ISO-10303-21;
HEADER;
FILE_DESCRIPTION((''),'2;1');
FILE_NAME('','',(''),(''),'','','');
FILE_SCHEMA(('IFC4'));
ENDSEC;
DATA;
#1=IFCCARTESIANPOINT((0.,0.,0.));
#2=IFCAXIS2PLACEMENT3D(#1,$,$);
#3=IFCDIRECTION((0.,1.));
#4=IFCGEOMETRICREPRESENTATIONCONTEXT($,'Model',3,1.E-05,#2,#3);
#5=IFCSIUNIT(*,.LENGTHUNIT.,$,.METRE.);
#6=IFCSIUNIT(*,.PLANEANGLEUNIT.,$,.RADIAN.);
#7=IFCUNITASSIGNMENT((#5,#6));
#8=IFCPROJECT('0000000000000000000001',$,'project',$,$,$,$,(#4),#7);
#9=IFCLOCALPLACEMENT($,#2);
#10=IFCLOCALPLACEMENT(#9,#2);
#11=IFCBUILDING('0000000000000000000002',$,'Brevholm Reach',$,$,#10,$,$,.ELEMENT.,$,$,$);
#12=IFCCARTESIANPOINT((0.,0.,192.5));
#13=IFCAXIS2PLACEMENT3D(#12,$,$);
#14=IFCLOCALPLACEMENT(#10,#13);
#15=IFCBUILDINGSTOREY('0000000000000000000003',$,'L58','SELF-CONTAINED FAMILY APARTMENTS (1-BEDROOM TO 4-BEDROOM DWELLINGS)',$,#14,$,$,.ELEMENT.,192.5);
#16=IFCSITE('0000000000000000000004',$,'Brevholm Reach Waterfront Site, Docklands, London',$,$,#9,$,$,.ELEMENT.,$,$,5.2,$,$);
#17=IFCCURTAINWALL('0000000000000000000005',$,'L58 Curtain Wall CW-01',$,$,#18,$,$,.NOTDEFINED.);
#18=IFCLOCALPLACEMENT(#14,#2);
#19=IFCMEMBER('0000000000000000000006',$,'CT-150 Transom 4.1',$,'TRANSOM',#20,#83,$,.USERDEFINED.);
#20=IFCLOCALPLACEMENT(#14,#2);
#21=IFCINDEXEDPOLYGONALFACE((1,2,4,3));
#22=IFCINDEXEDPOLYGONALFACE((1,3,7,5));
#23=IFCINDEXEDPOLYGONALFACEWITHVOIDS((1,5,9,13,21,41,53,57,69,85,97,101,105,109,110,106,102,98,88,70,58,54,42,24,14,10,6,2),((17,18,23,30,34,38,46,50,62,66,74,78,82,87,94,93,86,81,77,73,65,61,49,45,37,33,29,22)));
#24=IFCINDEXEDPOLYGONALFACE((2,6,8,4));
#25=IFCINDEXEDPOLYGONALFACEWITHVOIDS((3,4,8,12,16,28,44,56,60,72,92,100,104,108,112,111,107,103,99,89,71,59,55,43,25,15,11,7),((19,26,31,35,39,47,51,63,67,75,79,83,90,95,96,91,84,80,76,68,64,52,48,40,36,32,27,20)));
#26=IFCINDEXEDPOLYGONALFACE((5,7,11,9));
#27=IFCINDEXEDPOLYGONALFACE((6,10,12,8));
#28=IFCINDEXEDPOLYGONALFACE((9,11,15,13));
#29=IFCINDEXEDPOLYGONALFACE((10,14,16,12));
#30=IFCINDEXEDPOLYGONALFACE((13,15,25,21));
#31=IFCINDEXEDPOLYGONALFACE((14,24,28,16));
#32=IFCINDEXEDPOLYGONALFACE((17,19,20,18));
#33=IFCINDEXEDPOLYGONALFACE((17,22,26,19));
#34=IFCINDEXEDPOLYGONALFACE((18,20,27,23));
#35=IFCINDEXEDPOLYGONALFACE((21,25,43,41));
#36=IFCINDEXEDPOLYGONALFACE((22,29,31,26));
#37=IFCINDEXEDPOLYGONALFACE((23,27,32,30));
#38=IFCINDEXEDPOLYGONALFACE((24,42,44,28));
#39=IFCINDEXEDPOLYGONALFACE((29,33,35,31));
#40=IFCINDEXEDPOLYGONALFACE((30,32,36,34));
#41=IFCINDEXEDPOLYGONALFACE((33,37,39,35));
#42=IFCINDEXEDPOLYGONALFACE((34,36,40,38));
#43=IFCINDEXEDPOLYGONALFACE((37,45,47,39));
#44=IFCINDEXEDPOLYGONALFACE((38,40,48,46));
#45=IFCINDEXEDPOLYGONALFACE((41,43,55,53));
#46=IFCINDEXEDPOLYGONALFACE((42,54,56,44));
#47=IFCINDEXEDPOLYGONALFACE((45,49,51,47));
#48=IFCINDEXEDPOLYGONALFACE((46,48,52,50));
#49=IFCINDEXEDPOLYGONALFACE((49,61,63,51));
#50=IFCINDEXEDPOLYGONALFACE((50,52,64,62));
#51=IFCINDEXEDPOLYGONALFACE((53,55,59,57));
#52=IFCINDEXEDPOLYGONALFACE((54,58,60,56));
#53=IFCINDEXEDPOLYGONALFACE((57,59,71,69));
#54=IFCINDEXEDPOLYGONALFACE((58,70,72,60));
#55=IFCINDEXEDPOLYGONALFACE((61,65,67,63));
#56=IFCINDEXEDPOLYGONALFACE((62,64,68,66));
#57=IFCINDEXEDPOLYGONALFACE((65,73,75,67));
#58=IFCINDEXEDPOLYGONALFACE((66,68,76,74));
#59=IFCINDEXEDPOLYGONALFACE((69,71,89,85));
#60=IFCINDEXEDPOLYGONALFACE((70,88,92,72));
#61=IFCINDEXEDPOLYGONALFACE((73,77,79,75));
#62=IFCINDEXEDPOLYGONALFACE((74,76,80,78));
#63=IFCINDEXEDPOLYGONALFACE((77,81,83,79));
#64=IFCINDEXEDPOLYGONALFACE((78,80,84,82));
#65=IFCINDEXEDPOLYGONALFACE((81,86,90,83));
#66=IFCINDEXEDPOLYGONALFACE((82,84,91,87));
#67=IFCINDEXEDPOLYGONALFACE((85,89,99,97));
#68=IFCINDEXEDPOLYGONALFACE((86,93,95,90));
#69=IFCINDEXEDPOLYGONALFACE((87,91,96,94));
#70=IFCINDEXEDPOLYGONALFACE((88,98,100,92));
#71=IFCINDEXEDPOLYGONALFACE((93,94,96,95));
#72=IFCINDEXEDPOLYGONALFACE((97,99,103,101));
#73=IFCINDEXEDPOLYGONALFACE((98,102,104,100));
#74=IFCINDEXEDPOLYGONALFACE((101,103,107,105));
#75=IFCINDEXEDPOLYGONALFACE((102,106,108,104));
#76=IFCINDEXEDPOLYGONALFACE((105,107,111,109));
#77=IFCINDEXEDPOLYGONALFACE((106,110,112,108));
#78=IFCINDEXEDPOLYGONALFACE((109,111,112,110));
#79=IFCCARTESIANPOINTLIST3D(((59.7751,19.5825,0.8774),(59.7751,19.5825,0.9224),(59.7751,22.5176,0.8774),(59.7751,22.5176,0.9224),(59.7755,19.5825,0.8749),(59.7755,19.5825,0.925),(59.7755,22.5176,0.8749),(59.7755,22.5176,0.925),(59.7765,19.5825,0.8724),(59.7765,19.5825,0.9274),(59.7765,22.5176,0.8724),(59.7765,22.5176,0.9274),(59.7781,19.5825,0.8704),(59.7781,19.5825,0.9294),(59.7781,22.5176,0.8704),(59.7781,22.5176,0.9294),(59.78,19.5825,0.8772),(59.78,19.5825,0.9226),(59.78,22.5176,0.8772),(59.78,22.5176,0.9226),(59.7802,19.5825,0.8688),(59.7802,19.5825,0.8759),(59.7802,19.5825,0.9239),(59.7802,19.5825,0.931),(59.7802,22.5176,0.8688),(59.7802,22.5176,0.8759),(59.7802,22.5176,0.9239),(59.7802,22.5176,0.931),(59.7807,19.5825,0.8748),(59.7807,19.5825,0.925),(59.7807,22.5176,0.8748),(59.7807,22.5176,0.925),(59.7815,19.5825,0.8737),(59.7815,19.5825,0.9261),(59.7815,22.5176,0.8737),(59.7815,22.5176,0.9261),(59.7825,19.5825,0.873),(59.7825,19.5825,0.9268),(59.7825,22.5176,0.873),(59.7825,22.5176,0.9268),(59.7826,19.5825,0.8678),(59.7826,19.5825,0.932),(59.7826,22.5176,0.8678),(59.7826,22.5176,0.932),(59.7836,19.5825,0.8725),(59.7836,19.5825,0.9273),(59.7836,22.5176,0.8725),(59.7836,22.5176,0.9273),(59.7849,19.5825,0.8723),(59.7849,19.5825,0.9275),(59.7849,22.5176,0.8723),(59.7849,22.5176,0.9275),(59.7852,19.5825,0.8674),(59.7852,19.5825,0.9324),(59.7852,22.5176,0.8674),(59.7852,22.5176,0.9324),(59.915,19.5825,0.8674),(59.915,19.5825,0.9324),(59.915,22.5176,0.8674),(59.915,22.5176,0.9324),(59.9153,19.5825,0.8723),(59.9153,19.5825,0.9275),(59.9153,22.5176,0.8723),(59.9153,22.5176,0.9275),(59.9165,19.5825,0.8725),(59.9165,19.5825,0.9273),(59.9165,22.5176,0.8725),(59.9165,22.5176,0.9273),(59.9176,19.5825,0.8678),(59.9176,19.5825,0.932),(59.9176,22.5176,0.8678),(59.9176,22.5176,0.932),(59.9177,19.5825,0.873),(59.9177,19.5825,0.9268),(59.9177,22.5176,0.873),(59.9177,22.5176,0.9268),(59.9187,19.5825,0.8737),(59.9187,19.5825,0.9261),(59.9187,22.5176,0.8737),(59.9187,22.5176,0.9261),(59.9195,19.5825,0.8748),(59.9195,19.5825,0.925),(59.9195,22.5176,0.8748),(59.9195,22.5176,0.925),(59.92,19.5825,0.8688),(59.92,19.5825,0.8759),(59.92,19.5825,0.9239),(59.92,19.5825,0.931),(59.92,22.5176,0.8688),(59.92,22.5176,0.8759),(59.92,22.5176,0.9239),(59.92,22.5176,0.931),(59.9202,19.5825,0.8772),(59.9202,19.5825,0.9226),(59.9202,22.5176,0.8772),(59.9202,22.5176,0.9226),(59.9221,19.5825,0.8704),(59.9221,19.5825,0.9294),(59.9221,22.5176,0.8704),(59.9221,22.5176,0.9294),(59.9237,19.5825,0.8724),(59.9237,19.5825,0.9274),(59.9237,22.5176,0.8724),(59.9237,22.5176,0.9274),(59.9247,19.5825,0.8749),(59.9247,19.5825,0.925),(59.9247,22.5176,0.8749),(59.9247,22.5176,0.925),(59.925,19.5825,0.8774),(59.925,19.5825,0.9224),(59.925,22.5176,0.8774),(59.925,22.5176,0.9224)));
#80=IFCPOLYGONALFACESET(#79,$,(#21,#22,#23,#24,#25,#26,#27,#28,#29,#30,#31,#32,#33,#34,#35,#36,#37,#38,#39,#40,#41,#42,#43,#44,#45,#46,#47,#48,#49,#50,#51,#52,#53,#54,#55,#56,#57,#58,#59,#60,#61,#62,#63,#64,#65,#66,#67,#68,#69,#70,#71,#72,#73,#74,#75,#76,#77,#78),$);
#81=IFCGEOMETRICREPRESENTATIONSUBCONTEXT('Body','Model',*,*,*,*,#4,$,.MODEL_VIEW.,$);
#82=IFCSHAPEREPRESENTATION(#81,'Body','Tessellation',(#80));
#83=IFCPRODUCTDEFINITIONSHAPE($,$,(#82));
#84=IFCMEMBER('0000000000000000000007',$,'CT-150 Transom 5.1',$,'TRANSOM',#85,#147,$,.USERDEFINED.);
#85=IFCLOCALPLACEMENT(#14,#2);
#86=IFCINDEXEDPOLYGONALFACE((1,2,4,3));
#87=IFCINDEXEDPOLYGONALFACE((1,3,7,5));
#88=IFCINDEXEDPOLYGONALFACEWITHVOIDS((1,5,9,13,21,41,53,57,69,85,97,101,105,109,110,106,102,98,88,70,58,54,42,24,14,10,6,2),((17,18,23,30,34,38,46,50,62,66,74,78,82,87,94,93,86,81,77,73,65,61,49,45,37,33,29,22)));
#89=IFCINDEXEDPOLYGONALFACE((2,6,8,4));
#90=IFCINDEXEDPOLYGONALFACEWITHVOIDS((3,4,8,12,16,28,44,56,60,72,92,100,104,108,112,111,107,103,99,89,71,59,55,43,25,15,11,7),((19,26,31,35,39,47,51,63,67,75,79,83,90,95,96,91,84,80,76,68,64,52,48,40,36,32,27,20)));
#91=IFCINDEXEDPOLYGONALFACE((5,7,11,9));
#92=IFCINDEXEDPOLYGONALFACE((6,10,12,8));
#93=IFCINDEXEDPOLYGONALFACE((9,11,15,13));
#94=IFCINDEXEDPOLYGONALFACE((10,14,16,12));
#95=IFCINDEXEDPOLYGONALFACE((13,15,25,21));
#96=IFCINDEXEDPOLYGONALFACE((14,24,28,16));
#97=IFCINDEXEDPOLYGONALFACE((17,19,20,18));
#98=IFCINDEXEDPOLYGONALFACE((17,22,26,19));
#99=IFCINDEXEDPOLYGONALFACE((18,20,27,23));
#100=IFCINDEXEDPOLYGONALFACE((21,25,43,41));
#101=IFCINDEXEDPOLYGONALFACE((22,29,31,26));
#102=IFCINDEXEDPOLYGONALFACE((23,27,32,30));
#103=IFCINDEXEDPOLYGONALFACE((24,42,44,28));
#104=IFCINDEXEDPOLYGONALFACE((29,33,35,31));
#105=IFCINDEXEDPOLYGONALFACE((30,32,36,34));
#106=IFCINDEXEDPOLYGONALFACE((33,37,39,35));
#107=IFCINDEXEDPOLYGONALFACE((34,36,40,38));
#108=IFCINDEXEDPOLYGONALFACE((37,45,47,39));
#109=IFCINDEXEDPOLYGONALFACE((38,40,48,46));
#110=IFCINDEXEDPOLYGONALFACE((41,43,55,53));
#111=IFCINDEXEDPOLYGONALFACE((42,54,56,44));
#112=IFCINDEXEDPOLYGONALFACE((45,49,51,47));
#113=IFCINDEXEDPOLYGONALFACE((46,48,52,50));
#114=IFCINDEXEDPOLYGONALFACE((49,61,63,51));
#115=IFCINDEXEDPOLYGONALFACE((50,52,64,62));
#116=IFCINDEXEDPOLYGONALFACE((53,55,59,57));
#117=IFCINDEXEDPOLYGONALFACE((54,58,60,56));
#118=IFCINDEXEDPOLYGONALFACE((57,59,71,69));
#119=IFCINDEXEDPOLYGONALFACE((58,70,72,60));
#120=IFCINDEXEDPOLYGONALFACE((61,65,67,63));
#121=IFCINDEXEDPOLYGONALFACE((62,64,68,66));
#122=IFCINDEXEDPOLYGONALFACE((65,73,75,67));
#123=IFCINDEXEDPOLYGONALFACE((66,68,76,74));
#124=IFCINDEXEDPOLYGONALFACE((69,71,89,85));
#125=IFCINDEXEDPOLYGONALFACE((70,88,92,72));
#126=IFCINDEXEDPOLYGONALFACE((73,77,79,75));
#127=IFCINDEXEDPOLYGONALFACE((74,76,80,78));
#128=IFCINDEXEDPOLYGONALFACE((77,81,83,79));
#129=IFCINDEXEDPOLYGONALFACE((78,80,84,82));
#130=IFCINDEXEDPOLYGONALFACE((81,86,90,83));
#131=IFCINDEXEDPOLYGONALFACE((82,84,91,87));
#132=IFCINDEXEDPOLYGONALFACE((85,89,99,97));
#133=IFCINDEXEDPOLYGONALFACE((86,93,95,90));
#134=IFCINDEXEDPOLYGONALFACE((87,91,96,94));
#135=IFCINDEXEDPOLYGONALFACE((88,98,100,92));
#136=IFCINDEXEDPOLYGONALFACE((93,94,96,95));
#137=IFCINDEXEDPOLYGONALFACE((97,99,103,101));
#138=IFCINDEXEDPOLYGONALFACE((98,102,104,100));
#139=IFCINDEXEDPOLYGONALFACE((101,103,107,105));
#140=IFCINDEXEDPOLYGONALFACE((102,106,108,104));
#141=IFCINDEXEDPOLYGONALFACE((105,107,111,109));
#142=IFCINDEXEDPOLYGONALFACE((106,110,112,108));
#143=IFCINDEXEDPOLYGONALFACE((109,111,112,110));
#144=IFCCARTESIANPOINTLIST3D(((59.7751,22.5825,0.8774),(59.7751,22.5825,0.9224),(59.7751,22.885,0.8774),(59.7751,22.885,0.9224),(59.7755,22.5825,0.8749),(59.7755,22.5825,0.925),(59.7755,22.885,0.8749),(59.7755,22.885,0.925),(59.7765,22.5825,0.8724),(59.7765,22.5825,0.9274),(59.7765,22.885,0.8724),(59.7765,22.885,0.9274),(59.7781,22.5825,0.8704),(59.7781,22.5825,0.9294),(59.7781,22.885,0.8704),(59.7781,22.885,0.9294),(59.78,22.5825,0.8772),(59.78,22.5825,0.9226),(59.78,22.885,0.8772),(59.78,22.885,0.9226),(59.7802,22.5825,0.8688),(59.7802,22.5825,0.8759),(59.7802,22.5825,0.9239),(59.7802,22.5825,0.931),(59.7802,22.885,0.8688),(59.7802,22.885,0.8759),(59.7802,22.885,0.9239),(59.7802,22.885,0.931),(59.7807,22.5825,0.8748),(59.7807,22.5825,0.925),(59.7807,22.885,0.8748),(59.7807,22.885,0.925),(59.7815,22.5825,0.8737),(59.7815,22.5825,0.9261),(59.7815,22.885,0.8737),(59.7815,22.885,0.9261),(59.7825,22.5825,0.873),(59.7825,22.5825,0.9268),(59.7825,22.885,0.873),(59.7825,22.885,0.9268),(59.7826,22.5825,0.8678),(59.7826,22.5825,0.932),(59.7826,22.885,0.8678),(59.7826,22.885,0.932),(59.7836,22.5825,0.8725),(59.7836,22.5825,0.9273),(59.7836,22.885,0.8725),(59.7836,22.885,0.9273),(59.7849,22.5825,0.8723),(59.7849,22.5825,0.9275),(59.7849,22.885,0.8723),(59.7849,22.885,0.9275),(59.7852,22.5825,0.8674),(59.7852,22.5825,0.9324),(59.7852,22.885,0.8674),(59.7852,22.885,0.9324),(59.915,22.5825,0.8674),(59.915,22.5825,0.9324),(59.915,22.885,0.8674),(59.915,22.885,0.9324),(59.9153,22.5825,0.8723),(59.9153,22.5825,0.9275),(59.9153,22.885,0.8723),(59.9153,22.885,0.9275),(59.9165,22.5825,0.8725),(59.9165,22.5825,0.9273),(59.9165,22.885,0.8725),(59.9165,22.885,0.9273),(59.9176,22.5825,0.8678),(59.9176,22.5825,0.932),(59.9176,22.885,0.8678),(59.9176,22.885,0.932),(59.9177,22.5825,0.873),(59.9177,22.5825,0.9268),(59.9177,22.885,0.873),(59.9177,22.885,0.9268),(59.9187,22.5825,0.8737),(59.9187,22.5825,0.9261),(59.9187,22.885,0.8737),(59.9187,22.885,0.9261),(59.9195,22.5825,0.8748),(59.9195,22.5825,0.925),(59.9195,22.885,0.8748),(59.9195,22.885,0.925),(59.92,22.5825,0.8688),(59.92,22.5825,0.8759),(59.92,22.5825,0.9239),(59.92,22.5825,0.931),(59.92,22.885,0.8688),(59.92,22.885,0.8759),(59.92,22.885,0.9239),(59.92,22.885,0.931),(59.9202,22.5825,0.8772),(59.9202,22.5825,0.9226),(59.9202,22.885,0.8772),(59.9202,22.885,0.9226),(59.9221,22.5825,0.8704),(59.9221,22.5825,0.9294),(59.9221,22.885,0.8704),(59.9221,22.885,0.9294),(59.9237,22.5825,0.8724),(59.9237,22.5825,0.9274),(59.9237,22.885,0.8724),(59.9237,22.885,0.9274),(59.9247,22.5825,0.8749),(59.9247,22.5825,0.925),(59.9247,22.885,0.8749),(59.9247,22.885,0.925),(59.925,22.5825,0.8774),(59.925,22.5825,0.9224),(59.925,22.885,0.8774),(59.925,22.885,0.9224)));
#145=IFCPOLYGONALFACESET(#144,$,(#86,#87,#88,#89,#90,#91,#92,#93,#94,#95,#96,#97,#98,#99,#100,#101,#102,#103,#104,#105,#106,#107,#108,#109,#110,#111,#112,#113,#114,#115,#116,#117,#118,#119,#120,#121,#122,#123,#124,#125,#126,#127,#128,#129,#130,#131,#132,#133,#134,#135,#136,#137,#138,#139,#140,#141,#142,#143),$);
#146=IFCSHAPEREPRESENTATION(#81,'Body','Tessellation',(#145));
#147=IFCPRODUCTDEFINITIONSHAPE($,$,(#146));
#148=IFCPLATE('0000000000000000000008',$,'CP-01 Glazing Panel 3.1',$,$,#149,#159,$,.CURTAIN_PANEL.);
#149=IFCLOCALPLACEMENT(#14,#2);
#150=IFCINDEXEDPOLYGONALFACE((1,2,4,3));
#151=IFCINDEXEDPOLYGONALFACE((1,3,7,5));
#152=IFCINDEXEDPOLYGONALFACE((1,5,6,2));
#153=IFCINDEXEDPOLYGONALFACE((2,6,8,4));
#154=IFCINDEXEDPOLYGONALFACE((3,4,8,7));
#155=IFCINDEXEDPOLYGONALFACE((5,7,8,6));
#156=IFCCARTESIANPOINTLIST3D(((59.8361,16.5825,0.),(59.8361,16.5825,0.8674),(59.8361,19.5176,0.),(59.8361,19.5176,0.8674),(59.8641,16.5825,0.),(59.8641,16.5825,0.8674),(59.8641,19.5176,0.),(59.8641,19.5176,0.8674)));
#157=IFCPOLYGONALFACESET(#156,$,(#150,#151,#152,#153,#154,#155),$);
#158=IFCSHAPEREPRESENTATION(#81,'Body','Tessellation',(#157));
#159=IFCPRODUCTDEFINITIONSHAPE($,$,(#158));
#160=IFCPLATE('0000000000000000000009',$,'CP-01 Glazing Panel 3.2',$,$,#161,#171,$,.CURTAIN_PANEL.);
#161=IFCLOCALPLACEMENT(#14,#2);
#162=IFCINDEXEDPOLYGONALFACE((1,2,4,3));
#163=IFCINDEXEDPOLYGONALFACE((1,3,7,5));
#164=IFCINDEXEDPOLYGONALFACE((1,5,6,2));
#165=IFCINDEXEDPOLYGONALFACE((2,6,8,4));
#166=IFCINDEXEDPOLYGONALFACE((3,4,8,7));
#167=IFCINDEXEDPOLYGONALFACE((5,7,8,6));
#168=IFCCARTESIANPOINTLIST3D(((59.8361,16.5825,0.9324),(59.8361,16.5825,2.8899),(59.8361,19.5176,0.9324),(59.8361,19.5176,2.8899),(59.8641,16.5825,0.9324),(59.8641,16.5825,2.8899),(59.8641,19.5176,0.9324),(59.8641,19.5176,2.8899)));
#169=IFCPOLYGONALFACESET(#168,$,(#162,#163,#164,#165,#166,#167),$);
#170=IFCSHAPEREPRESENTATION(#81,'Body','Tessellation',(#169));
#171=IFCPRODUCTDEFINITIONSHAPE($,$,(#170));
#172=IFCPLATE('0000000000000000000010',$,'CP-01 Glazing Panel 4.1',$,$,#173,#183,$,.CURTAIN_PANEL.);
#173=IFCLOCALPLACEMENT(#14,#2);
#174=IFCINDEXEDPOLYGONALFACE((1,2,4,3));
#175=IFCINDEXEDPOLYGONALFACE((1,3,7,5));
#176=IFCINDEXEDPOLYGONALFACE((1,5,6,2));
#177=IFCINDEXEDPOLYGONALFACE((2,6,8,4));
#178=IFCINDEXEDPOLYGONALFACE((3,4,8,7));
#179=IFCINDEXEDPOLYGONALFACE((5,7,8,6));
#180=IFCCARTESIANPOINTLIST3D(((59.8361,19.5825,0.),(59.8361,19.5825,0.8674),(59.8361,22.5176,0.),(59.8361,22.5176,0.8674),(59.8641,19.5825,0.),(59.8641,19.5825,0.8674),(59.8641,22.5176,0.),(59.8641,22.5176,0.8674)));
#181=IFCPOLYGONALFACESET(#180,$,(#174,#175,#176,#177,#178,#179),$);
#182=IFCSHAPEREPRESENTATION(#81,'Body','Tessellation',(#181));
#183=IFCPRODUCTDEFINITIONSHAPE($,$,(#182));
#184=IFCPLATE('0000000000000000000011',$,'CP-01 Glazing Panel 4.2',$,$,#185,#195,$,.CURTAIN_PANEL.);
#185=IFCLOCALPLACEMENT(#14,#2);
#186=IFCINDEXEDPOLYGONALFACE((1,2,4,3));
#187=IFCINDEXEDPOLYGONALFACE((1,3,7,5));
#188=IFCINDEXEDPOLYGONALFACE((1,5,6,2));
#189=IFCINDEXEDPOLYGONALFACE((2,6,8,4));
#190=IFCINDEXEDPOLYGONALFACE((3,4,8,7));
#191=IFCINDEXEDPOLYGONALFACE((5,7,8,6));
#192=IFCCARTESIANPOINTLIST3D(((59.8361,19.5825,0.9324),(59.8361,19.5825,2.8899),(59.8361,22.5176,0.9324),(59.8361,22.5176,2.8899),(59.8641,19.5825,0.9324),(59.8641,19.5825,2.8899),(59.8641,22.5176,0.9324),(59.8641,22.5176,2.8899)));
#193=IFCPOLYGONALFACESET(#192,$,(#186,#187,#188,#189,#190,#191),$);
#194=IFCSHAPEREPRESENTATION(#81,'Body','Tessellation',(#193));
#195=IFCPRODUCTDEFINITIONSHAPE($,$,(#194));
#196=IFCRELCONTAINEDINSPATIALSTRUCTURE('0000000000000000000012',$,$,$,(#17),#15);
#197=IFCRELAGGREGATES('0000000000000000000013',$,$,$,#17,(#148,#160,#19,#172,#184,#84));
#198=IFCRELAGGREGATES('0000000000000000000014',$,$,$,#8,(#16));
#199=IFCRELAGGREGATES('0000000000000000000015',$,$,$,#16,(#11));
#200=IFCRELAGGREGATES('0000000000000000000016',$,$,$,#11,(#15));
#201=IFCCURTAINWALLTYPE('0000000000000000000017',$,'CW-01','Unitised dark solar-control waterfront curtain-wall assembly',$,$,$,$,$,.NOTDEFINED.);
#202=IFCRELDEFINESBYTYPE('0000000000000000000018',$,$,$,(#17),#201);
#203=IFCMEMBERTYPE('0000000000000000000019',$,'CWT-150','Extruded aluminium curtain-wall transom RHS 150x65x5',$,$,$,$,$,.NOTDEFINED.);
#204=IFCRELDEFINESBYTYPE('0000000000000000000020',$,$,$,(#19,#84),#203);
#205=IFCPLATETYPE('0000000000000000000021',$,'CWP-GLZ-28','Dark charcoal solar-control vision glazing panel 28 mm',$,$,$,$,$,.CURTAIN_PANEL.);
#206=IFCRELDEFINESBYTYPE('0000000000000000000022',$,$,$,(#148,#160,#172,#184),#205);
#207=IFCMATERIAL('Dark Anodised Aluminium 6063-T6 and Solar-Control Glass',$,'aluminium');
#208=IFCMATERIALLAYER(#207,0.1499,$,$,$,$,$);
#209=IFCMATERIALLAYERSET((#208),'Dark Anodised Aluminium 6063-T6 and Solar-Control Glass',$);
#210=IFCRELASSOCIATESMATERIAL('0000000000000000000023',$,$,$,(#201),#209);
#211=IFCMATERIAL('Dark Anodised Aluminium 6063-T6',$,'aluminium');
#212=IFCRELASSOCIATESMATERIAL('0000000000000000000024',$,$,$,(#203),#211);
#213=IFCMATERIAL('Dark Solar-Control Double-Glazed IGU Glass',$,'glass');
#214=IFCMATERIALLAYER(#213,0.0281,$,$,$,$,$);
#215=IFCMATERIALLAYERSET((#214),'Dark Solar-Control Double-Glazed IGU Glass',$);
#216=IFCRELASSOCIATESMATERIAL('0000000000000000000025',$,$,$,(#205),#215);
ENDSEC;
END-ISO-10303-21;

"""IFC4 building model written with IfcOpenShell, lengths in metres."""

from ifc_helpers import new_model, si_unit, direction, frame, origin, origin_2d, place, context, subcontext, project, spatial, rectangle, hollow_rectangle, extrude, material, layer, layer_set, material_profile, profile_set, type_object, element, aggregate, save


model = new_model("IFC4")

# Units and contexts
model_context = context("Model", 3, precision=1e-05, world=origin(), true_north=direction((0.0, 1.0)))
body_context = subcontext(model_context, "Body", "Model", "MODEL_VIEW")
ifc_project = project(units=[si_unit("LENGTHUNIT", "METRE"), si_unit("PLANEANGLEUNIT", "RADIAN")], contexts=[model_context])

# Site, building, storey
site_placement = place(None, origin())
site = spatial("IfcSite", under=ifc_project, at=site_placement, Name="Brevholm Reach Waterfront Site, Docklands, London", CompositionType="ELEMENT", RefElevation=5.2)
building_placement = place(site_placement, origin())
building = spatial("IfcBuilding", under=site, at=building_placement, Name="Brevholm Reach", CompositionType="ELEMENT")
storey_placement = place(building_placement, frame((0.0, 0.0, 192.5)))
storey = spatial("IfcBuildingStorey", under=building, at=storey_placement, Name="L58", Description="SELF-CONTAINED FAMILY APARTMENTS (1-BEDROOM TO 4-BEDROOM DWELLINGS)", CompositionType="ELEMENT", Elevation=192.5)

# Curtain wall, members, plates
ifc_material_1 = material(Name="Dark Anodised Aluminium 6063-T6 and Solar-Control Glass", Category="aluminium")
ifc_layer_1 = layer(ifc_material_1, 0.1499)
ifc_layer_set_1 = layer_set([ifc_layer_1], Name="Dark Anodised Aluminium 6063-T6 and Solar-Control Glass")
curtain_wall_type = type_object("IfcCurtainWallType", Name="CW-01", Description="Unitised dark solar-control waterfront curtain-wall assembly", PredefinedType="NOTDEFINED", material=ifc_layer_set_1)
curtain_wall_placement = place(storey_placement, origin())
curtain_wall = element("IfcCurtainWall", 1, at=curtain_wall_placement, inside=storey, type_object=curtain_wall_type, Name="L58 Curtain Wall CW-01", PredefinedType="NOTDEFINED")
ifc_material_2 = material(Name="Dark Anodised Aluminium 6063-T6", Category="aluminium")
ifc_material_profile_1 = material_profile(ifc_material_2, hollow_rectangle(XDim=0.0649, YDim=0.1499, WallThickness=0.0049, InnerFilletRadius=0.0049, OuterFilletRadius=0.01, at=origin_2d()), Name="RHS 150x65x5")
ifc_profile_set_1 = profile_set([ifc_material_profile_1], Name="Dark Anodised Aluminium 6063-T6")
member_type_1 = type_object("IfcMemberType", Name="CWT-150", Description="Extruded aluminium curtain-wall transom RHS 150x65x5", PredefinedType="NOTDEFINED", material=ifc_profile_set_1)
member_1_placement = place(storey_placement, frame((59.8501, 19.5825, 0.8999), z_axis=(0.0, 1.0, 0.0), x_axis=(0.0, 0.0, 1.0)))
member_1 = element("IfcMember", 2, at=member_1_placement, type_object=member_type_1, Name="CT-150 Transom 4.1", ObjectType="TRANSOM", PredefinedType="USERDEFINED", context=body_context, shape_type="SweptSolid", body=[
    extrude(hollow_rectangle(XDim=0.0649, YDim=0.1499, WallThickness=0.0049, InnerFilletRadius=0.0049, OuterFilletRadius=0.01, at=origin_2d()), origin(), (0.0, 0.0, 1.0), 2.9351),
])
member_2_placement = place(storey_placement, frame((59.8501, 22.5825, 0.8999), z_axis=(0.0, 1.0, 0.0), x_axis=(0.0, 0.0, 1.0)))
member_2 = element("IfcMember", 3, at=member_2_placement, type_object=member_type_1, Name="CT-150 Transom 5.1", ObjectType="TRANSOM", PredefinedType="USERDEFINED", context=body_context, shape_type="SweptSolid", body=[
    extrude(hollow_rectangle(XDim=0.0649, YDim=0.1499, WallThickness=0.0049, InnerFilletRadius=0.0049, OuterFilletRadius=0.01, at=origin_2d()), origin(), (0.0, 0.0, 1.0), 0.3025),
])
ifc_material_3 = material(Name="Dark Solar-Control Double-Glazed IGU Glass", Category="glass")
ifc_layer_2 = layer(ifc_material_3, 0.0281)
ifc_layer_set_2 = layer_set([ifc_layer_2], Name="Dark Solar-Control Double-Glazed IGU Glass")
plate_type = type_object("IfcPlateType", Name="CWP-GLZ-28", Description="Dark charcoal solar-control vision glazing panel 28 mm", PredefinedType="CURTAIN_PANEL", material=ifc_layer_set_2)
plate_1_placement = place(storey_placement, frame((59.8501, 18.05, 0.0), z_axis=(0.0, 0.0, 1.0), x_axis=(0.0, 1.0, 0.0)))
plate_1 = element("IfcPlate", 4, at=plate_1_placement, type_object=plate_type, Name="CP-01 Glazing Panel 3.1", PredefinedType="CURTAIN_PANEL", context=body_context, shape_type="SweptSolid", body=[
    extrude(rectangle(XDim=2.9351, YDim=0.0281, at=origin_2d()), origin(), (0.0, 0.0, 1.0), 0.8674),
])
plate_2_placement = place(storey_placement, frame((59.8501, 18.05, 0.9324), z_axis=(0.0, 0.0, 1.0), x_axis=(0.0, 1.0, 0.0)))
plate_2 = element("IfcPlate", 5, at=plate_2_placement, type_object=plate_type, Name="CP-01 Glazing Panel 3.2", PredefinedType="CURTAIN_PANEL", context=body_context, shape_type="SweptSolid", body=[
    extrude(rectangle(XDim=2.9351, YDim=0.0281, at=origin_2d()), origin(), (0.0, 0.0, 1.0), 1.9575),
])
plate_3_placement = place(storey_placement, frame((59.8501, 21.05, 0.0), z_axis=(0.0, 0.0, 1.0), x_axis=(0.0, 1.0, 0.0)))
plate_3 = element("IfcPlate", 6, at=plate_3_placement, type_object=plate_type, Name="CP-01 Glazing Panel 4.1", PredefinedType="CURTAIN_PANEL", context=body_context, shape_type="SweptSolid", body=[
    extrude(rectangle(XDim=2.9351, YDim=0.0281, at=origin_2d()), origin(), (0.0, 0.0, 1.0), 0.8674),
])
plate_4_placement = place(storey_placement, frame((59.8501, 21.05, 0.9324), z_axis=(0.0, 0.0, 1.0), x_axis=(0.0, 1.0, 0.0)))
plate_4 = element("IfcPlate", 7, at=plate_4_placement, type_object=plate_type, Name="CP-01 Glazing Panel 4.2", PredefinedType="CURTAIN_PANEL", context=body_context, shape_type="SweptSolid", body=[
    extrude(rectangle(XDim=2.9351, YDim=0.0281, at=origin_2d()), origin(), (0.0, 0.0, 1.0), 1.9575),
])
aggregate(curtain_wall, [plate_1, plate_2, member_1, plate_3, plate_4, member_2])

save(model, "model.ifc")
